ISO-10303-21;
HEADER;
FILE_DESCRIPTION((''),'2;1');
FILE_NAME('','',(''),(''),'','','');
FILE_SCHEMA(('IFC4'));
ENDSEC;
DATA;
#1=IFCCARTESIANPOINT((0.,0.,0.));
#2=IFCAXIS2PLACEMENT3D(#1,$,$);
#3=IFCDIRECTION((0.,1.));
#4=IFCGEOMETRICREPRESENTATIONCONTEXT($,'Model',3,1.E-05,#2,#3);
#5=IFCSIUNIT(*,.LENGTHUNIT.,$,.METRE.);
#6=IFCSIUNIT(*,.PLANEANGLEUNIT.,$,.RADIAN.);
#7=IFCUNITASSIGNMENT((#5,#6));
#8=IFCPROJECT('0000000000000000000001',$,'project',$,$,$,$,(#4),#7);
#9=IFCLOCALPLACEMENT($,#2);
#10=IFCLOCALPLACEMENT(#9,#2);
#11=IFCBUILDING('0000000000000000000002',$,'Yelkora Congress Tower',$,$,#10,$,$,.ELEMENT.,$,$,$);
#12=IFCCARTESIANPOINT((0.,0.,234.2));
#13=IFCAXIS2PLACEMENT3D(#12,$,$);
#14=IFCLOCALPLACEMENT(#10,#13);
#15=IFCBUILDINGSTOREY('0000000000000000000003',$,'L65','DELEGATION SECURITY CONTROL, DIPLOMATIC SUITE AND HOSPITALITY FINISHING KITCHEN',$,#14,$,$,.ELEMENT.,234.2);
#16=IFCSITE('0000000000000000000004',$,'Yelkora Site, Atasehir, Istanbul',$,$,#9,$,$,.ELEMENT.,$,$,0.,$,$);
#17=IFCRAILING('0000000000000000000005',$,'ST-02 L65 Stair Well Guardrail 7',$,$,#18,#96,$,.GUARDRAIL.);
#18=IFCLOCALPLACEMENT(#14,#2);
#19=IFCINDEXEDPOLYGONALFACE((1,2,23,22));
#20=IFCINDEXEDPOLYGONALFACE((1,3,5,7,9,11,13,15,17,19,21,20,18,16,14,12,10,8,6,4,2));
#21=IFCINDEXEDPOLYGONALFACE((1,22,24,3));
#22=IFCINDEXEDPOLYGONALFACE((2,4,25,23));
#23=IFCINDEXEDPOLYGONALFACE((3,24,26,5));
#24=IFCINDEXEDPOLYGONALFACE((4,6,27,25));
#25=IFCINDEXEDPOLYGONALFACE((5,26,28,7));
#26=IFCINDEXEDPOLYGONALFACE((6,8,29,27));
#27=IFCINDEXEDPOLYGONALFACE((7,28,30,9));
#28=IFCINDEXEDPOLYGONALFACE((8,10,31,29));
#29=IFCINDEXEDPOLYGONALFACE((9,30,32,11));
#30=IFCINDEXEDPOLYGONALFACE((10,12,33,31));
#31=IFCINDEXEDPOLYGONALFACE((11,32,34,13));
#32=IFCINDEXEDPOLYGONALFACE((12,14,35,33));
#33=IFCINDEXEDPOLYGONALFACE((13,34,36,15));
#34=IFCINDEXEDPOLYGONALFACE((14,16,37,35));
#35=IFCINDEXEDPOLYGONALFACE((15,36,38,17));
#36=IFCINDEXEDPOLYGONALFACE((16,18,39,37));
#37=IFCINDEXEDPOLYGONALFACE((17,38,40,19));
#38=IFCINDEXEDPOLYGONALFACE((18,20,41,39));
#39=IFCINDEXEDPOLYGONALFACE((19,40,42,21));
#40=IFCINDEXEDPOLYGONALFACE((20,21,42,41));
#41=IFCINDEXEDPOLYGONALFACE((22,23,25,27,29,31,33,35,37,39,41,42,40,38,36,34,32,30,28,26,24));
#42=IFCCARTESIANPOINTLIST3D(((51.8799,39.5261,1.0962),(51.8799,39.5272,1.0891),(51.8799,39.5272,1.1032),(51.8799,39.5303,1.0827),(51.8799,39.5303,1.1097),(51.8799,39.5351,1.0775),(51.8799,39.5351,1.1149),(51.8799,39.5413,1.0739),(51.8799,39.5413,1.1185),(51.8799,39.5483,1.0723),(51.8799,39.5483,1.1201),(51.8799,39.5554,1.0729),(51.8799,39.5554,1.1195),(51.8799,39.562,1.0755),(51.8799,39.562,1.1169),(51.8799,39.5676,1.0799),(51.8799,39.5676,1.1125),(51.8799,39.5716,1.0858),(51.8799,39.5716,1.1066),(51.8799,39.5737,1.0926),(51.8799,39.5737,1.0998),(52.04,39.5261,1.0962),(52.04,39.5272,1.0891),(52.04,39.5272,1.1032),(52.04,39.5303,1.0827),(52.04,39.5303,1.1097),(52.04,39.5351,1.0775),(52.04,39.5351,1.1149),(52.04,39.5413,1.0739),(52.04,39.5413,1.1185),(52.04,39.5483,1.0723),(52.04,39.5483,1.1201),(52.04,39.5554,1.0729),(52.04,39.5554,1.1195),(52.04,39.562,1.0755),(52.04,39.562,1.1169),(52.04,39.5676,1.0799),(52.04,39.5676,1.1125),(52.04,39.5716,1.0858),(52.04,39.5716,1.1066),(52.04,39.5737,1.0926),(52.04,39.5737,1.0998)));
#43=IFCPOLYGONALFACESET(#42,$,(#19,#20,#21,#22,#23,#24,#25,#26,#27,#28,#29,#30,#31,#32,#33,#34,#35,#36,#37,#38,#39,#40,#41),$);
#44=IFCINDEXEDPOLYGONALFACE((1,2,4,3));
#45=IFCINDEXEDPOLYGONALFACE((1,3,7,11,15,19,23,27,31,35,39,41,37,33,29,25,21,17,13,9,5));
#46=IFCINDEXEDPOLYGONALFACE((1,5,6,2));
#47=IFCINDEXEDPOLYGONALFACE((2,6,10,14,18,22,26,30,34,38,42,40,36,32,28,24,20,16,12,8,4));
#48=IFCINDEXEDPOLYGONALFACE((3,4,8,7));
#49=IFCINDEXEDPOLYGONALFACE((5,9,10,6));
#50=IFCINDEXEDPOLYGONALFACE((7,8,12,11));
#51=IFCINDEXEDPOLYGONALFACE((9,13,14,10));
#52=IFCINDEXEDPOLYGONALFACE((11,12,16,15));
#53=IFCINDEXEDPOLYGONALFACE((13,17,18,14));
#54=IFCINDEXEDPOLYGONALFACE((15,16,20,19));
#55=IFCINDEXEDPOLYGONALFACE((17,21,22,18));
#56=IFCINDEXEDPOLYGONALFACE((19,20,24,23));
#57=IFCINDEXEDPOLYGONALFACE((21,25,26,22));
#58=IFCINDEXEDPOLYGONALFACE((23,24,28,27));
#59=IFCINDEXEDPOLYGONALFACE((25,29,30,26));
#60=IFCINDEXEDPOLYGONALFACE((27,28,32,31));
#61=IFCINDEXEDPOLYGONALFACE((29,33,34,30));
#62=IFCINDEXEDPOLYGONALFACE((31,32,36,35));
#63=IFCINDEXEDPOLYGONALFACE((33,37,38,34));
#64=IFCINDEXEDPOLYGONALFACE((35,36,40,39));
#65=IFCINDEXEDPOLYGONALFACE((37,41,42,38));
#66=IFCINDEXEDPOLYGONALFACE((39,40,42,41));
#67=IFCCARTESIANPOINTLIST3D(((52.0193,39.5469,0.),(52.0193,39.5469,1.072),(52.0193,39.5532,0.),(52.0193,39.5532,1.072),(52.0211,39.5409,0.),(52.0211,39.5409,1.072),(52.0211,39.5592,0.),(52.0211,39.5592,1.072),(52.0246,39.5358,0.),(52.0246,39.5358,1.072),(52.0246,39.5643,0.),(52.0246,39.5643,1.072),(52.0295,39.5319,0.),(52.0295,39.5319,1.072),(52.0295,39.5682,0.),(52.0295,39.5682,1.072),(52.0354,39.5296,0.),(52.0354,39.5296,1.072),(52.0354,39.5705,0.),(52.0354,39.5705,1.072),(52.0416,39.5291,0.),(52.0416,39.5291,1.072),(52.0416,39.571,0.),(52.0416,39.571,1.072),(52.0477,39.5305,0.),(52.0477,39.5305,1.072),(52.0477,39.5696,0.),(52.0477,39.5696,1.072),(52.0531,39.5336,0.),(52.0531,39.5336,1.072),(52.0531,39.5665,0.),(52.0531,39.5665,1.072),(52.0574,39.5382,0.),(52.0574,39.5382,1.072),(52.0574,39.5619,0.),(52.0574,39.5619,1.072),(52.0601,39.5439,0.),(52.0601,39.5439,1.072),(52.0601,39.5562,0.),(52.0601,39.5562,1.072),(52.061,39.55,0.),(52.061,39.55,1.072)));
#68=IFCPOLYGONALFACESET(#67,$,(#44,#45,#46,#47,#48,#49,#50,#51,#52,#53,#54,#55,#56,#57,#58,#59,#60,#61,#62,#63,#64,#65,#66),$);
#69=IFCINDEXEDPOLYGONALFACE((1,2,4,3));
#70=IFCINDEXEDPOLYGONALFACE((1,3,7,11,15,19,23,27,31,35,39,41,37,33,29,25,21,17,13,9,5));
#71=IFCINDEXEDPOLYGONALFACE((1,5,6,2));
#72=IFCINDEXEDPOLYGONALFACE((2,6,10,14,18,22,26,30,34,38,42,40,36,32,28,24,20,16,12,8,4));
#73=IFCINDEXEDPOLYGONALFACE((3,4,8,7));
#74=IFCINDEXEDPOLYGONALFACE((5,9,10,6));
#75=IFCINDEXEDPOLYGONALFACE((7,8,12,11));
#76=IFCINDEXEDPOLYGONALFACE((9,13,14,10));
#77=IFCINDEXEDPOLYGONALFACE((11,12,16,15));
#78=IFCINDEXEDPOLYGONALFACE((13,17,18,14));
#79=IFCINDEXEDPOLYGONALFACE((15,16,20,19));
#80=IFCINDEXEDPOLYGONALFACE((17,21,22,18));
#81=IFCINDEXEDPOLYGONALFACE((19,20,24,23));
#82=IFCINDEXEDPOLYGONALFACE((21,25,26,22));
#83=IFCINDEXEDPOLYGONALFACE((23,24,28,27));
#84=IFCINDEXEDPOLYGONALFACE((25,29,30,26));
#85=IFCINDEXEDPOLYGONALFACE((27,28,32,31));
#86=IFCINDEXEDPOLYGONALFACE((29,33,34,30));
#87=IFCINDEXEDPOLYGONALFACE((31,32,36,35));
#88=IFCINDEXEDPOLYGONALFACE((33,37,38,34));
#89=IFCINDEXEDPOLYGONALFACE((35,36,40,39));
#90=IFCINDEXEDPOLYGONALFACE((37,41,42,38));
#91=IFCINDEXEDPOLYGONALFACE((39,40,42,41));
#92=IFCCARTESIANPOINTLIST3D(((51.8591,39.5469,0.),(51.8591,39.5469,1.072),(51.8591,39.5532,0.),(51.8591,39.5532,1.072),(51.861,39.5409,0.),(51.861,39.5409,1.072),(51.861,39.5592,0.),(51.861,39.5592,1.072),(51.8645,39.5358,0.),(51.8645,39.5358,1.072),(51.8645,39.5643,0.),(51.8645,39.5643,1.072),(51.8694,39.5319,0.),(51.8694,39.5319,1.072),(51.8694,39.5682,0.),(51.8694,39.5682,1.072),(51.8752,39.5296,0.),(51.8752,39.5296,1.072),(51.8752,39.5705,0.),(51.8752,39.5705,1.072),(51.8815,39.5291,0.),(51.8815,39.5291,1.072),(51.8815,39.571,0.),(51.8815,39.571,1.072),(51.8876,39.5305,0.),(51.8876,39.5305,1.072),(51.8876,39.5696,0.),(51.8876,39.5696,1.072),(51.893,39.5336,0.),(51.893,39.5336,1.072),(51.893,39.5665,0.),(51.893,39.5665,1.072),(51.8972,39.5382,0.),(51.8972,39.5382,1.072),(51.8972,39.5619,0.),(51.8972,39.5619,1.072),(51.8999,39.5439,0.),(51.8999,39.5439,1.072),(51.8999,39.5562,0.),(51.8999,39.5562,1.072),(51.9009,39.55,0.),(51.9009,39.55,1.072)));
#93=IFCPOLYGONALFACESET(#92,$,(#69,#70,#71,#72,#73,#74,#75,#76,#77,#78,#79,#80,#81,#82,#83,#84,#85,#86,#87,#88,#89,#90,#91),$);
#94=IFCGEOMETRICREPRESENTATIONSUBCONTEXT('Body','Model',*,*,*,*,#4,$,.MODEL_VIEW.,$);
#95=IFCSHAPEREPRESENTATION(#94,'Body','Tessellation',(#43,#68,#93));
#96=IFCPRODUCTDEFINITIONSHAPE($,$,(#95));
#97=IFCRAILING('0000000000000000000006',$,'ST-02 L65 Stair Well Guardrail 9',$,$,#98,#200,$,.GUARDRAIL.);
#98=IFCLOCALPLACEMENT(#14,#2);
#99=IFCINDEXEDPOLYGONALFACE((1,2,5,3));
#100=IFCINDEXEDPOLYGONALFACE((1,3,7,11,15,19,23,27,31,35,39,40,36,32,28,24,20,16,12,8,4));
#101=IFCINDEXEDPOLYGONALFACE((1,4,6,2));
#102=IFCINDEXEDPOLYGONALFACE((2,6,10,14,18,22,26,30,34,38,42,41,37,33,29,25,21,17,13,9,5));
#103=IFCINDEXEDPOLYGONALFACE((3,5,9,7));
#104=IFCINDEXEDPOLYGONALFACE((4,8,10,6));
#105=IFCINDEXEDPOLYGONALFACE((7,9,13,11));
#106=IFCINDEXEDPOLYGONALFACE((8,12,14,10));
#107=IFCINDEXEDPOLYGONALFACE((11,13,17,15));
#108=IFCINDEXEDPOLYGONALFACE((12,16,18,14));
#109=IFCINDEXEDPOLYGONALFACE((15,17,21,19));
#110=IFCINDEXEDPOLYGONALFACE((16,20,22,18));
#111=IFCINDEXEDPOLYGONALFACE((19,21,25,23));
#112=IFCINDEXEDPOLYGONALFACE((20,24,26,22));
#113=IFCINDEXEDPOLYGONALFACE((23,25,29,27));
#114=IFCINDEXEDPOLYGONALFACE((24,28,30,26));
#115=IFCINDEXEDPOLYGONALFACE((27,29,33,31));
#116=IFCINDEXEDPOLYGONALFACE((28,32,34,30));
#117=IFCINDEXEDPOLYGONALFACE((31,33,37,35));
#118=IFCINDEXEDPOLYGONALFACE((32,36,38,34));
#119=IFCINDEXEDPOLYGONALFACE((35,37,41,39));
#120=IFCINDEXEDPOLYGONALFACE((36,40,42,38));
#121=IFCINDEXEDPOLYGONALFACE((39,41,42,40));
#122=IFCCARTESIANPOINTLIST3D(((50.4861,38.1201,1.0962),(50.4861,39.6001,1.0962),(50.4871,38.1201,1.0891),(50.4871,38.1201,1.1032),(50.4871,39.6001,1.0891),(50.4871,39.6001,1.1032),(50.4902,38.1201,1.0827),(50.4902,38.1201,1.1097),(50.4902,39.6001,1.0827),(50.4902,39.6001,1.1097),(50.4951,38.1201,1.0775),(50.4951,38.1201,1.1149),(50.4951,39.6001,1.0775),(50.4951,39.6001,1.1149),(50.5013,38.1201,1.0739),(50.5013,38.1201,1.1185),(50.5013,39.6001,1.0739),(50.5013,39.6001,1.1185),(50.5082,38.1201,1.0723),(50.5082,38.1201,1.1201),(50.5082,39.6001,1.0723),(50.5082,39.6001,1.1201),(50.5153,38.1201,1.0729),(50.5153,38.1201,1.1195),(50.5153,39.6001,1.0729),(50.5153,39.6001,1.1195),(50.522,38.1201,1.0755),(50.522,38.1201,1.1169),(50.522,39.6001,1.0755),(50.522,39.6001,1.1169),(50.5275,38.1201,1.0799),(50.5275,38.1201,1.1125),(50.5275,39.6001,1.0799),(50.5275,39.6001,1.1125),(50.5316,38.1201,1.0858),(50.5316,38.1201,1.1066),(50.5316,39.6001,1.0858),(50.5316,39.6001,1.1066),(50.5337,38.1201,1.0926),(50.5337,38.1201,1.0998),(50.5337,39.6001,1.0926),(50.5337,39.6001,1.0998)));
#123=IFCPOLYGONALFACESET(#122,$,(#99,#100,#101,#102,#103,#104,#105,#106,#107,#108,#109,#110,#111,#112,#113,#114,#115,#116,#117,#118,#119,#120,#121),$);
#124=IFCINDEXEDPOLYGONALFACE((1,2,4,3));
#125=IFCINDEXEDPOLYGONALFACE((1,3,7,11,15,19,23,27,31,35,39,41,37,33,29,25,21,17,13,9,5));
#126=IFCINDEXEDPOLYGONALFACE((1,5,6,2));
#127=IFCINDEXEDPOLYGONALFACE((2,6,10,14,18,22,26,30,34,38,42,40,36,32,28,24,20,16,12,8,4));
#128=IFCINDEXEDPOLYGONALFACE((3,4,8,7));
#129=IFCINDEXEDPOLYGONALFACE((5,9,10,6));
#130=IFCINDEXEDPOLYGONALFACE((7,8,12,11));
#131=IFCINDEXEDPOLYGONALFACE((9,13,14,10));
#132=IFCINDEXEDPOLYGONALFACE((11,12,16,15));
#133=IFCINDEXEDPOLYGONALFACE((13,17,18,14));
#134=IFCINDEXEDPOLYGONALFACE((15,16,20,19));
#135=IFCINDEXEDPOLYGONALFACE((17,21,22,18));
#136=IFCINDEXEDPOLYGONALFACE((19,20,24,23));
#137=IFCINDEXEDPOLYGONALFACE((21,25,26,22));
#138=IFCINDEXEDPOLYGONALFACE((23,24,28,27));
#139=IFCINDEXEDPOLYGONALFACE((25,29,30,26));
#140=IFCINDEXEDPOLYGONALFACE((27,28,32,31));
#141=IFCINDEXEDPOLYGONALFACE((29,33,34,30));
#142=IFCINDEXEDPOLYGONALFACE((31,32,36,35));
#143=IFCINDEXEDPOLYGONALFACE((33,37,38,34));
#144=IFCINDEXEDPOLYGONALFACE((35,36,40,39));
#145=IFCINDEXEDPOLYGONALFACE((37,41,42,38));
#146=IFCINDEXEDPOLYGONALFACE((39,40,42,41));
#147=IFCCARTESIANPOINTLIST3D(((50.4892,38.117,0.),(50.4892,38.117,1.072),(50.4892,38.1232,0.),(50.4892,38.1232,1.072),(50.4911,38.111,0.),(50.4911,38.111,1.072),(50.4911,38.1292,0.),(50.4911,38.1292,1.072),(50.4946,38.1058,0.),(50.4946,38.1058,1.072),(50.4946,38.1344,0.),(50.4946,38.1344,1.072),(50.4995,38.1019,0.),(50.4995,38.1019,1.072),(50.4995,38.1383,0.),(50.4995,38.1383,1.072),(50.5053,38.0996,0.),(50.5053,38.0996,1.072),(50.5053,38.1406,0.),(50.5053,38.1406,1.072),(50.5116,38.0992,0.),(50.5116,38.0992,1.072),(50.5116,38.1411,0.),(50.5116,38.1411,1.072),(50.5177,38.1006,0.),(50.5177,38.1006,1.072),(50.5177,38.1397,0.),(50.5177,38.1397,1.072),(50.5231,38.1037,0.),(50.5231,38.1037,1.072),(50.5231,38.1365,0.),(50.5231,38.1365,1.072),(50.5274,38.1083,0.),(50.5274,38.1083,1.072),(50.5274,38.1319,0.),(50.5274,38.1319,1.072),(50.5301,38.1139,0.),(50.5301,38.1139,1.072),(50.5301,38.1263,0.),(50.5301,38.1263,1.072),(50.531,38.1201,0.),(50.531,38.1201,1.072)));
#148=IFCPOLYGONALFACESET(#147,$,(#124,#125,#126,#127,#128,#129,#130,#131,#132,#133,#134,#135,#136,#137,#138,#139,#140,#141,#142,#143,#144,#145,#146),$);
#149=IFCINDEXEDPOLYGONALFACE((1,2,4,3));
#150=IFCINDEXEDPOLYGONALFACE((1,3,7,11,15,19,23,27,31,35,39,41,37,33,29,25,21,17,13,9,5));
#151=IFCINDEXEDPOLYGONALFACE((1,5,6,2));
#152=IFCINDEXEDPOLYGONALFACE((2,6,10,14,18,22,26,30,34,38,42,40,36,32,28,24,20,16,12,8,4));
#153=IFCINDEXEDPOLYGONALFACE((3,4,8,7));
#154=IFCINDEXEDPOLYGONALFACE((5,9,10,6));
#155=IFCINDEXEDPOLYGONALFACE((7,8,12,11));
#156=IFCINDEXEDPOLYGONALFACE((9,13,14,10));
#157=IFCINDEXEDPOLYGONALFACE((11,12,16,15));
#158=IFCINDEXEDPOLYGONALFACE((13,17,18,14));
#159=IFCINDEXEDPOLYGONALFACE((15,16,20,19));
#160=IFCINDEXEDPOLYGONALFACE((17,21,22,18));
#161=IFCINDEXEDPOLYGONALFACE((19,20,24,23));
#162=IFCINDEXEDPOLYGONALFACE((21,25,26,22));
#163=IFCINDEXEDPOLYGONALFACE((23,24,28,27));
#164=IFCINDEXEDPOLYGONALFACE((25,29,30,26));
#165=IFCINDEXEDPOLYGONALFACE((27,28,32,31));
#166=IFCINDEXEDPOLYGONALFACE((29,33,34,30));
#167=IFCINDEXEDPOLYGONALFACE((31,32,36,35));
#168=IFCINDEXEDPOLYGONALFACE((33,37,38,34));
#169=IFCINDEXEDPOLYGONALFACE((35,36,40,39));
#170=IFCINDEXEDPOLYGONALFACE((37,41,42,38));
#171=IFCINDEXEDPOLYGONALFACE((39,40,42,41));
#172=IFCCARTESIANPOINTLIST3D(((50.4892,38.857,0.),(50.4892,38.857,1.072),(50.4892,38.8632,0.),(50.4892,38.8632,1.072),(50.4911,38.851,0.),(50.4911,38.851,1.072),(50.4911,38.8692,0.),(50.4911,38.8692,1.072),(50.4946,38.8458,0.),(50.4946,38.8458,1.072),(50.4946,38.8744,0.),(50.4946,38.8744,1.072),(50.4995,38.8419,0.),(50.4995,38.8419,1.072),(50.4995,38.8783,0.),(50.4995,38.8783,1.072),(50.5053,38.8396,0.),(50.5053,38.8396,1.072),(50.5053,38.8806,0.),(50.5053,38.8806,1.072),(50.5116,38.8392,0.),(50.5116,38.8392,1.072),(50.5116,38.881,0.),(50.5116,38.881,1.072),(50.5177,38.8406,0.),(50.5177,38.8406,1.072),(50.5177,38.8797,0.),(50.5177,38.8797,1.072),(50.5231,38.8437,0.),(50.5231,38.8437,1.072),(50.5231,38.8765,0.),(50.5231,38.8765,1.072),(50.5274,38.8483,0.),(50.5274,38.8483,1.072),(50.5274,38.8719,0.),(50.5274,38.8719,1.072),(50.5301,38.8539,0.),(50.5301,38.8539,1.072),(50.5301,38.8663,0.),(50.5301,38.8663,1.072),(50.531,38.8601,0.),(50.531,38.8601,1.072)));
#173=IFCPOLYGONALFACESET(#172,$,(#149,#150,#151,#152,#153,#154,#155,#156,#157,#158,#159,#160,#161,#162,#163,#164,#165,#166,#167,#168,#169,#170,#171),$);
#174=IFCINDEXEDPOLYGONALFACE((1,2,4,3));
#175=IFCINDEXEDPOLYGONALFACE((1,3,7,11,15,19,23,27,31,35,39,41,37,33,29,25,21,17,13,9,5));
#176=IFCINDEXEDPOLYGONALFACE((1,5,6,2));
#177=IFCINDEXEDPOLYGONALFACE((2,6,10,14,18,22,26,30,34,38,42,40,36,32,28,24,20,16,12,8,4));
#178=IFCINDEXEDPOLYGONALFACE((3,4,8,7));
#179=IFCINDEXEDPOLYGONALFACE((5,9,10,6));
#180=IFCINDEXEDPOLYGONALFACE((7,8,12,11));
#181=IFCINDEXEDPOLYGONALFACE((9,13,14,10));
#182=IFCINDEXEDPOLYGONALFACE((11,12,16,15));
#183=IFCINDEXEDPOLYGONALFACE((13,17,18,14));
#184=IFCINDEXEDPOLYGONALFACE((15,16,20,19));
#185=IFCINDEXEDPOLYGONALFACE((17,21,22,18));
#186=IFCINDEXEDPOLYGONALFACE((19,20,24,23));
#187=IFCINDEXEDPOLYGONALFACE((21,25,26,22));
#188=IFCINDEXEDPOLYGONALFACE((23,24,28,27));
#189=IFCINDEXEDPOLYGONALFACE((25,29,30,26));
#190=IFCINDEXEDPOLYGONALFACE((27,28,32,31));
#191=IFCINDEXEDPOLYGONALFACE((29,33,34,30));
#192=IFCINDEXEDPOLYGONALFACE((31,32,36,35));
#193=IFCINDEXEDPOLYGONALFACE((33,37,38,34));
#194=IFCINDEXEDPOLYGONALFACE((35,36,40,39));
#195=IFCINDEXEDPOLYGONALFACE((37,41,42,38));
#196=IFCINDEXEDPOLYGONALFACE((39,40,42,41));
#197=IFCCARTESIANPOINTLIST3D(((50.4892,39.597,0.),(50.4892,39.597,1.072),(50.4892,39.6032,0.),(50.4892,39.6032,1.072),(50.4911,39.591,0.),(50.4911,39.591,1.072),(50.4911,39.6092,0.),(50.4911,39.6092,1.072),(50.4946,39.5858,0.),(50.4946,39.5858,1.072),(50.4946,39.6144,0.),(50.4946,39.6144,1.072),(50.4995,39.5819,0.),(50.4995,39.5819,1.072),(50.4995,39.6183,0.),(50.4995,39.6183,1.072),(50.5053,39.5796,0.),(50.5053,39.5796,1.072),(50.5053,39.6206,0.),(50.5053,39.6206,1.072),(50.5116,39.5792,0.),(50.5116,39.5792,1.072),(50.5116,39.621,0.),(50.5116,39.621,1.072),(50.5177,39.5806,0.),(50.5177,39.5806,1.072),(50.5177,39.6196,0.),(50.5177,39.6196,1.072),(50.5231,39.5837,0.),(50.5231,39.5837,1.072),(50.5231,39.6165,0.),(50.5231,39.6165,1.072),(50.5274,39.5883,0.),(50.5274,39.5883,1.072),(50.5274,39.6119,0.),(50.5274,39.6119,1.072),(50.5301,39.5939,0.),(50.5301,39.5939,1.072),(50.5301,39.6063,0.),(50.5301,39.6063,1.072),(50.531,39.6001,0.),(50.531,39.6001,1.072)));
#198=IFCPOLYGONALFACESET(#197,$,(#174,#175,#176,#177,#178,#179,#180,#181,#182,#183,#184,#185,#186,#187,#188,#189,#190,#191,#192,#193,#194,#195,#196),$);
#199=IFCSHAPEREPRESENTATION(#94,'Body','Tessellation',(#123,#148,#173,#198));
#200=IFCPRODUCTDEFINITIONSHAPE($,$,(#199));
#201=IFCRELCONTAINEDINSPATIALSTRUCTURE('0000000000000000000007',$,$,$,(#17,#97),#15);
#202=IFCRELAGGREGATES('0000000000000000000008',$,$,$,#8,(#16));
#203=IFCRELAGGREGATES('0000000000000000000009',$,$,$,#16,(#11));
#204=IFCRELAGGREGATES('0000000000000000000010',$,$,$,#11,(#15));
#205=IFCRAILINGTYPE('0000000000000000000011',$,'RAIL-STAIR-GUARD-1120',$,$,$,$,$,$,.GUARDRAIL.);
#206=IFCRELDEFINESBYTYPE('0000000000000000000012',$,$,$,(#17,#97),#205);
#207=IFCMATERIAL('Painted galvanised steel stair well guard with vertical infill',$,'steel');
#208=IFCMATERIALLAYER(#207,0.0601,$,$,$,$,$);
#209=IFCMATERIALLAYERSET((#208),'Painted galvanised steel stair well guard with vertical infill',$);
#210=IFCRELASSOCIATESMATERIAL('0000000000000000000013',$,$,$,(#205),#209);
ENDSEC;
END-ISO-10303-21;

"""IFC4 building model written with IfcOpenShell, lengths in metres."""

from ifc_helpers import new_model, si_unit, direction, frame, origin, origin_2d, place, context, subcontext, project, spatial, circle, extrude, material, layer, layer_set, type_object, element, save


model = new_model("IFC4")

# Units and contexts
model_context = context("Model", 3, precision=1e-05, world=origin(), true_north=direction((0.0, 1.0)))
body_context = subcontext(model_context, "Body", "Model", "MODEL_VIEW")
ifc_project = project(units=[si_unit("LENGTHUNIT", "METRE"), si_unit("PLANEANGLEUNIT", "RADIAN")], contexts=[model_context])

# Site, building, storey
site_placement = place(None, origin())
site = spatial("IfcSite", under=ifc_project, at=site_placement, Name="Yelkora Site, Atasehir, Istanbul", CompositionType="ELEMENT", RefElevation=0.0)
building_placement = place(site_placement, origin())
building = spatial("IfcBuilding", under=site, at=building_placement, Name="Yelkora Congress Tower", CompositionType="ELEMENT")
storey_placement = place(building_placement, frame((0.0, 0.0, 234.2)))
storey = spatial("IfcBuildingStorey", under=building, at=storey_placement, Name="L65", Description="DELEGATION SECURITY CONTROL, DIPLOMATIC SUITE AND HOSPITALITY FINISHING KITCHEN", CompositionType="ELEMENT", Elevation=234.2)

# Railings
ifc_material_1 = material(Name="Painted galvanised steel stair well guard with vertical infill", Category="steel")
ifc_layer_1 = layer(ifc_material_1, 0.0601)
ifc_layer_set_1 = layer_set([ifc_layer_1], Name="Painted galvanised steel stair well guard with vertical infill")
railing_type_1 = type_object("IfcRailingType", Name="RAIL-STAIR-GUARD-1120", PredefinedType="GUARDRAIL", material=ifc_layer_set_1)
railing_1_placement = place(storey_placement, frame((52.04, 39.55, 0.0)))
element("IfcRailing", 1, at=railing_1_placement, inside=storey, type_object=railing_type_1, Name="ST-02 L65 Stair Well Guardrail 7", PredefinedType="GUARDRAIL", context=body_context, shape_type="SweptSolid", body=[
    extrude(circle(Radius=0.0239, at=origin_2d()), frame((0.0, 0.0, 1.0962), z_axis=(-1.0, 0.0, 0.0), x_axis=(0.0, -1.0, 0.0)), (0.0, 0.0, 1.0), 0.1602),
    extrude(circle(Radius=0.021, at=origin_2d()), origin(), (0.0, 0.0, 1.0), 1.072),
    extrude(circle(Radius=0.021, at=origin_2d()), frame((-0.1602, 0.0, 0.0)), (0.0, 0.0, 1.0), 1.072),
])
railing_2_placement = place(storey_placement, frame((50.51, 38.1201, 0.0)))
element("IfcRailing", 2, at=railing_2_placement, inside=storey, type_object=railing_type_1, Name="ST-02 L65 Stair Well Guardrail 9", PredefinedType="GUARDRAIL", context=body_context, shape_type="SweptSolid", body=[
    extrude(circle(Radius=0.0239, at=origin_2d()), frame((0.0, 0.0, 1.0962), z_axis=(0.0, 1.0, 0.0), x_axis=(-1.0, 0.0, 0.0)), (0.0, 0.0, 1.0), 1.48),
    extrude(circle(Radius=0.021, at=origin_2d()), origin(), (0.0, 0.0, 1.0), 1.072),
    extrude(circle(Radius=0.021, at=origin_2d()), frame((0.0, 0.74, 0.0)), (0.0, 0.0, 1.0), 1.072),
    extrude(circle(Radius=0.021, at=origin_2d()), frame((0.0, 1.48, 0.0)), (0.0, 0.0, 1.0), 1.072),
])

save(model, "model.ifc")
